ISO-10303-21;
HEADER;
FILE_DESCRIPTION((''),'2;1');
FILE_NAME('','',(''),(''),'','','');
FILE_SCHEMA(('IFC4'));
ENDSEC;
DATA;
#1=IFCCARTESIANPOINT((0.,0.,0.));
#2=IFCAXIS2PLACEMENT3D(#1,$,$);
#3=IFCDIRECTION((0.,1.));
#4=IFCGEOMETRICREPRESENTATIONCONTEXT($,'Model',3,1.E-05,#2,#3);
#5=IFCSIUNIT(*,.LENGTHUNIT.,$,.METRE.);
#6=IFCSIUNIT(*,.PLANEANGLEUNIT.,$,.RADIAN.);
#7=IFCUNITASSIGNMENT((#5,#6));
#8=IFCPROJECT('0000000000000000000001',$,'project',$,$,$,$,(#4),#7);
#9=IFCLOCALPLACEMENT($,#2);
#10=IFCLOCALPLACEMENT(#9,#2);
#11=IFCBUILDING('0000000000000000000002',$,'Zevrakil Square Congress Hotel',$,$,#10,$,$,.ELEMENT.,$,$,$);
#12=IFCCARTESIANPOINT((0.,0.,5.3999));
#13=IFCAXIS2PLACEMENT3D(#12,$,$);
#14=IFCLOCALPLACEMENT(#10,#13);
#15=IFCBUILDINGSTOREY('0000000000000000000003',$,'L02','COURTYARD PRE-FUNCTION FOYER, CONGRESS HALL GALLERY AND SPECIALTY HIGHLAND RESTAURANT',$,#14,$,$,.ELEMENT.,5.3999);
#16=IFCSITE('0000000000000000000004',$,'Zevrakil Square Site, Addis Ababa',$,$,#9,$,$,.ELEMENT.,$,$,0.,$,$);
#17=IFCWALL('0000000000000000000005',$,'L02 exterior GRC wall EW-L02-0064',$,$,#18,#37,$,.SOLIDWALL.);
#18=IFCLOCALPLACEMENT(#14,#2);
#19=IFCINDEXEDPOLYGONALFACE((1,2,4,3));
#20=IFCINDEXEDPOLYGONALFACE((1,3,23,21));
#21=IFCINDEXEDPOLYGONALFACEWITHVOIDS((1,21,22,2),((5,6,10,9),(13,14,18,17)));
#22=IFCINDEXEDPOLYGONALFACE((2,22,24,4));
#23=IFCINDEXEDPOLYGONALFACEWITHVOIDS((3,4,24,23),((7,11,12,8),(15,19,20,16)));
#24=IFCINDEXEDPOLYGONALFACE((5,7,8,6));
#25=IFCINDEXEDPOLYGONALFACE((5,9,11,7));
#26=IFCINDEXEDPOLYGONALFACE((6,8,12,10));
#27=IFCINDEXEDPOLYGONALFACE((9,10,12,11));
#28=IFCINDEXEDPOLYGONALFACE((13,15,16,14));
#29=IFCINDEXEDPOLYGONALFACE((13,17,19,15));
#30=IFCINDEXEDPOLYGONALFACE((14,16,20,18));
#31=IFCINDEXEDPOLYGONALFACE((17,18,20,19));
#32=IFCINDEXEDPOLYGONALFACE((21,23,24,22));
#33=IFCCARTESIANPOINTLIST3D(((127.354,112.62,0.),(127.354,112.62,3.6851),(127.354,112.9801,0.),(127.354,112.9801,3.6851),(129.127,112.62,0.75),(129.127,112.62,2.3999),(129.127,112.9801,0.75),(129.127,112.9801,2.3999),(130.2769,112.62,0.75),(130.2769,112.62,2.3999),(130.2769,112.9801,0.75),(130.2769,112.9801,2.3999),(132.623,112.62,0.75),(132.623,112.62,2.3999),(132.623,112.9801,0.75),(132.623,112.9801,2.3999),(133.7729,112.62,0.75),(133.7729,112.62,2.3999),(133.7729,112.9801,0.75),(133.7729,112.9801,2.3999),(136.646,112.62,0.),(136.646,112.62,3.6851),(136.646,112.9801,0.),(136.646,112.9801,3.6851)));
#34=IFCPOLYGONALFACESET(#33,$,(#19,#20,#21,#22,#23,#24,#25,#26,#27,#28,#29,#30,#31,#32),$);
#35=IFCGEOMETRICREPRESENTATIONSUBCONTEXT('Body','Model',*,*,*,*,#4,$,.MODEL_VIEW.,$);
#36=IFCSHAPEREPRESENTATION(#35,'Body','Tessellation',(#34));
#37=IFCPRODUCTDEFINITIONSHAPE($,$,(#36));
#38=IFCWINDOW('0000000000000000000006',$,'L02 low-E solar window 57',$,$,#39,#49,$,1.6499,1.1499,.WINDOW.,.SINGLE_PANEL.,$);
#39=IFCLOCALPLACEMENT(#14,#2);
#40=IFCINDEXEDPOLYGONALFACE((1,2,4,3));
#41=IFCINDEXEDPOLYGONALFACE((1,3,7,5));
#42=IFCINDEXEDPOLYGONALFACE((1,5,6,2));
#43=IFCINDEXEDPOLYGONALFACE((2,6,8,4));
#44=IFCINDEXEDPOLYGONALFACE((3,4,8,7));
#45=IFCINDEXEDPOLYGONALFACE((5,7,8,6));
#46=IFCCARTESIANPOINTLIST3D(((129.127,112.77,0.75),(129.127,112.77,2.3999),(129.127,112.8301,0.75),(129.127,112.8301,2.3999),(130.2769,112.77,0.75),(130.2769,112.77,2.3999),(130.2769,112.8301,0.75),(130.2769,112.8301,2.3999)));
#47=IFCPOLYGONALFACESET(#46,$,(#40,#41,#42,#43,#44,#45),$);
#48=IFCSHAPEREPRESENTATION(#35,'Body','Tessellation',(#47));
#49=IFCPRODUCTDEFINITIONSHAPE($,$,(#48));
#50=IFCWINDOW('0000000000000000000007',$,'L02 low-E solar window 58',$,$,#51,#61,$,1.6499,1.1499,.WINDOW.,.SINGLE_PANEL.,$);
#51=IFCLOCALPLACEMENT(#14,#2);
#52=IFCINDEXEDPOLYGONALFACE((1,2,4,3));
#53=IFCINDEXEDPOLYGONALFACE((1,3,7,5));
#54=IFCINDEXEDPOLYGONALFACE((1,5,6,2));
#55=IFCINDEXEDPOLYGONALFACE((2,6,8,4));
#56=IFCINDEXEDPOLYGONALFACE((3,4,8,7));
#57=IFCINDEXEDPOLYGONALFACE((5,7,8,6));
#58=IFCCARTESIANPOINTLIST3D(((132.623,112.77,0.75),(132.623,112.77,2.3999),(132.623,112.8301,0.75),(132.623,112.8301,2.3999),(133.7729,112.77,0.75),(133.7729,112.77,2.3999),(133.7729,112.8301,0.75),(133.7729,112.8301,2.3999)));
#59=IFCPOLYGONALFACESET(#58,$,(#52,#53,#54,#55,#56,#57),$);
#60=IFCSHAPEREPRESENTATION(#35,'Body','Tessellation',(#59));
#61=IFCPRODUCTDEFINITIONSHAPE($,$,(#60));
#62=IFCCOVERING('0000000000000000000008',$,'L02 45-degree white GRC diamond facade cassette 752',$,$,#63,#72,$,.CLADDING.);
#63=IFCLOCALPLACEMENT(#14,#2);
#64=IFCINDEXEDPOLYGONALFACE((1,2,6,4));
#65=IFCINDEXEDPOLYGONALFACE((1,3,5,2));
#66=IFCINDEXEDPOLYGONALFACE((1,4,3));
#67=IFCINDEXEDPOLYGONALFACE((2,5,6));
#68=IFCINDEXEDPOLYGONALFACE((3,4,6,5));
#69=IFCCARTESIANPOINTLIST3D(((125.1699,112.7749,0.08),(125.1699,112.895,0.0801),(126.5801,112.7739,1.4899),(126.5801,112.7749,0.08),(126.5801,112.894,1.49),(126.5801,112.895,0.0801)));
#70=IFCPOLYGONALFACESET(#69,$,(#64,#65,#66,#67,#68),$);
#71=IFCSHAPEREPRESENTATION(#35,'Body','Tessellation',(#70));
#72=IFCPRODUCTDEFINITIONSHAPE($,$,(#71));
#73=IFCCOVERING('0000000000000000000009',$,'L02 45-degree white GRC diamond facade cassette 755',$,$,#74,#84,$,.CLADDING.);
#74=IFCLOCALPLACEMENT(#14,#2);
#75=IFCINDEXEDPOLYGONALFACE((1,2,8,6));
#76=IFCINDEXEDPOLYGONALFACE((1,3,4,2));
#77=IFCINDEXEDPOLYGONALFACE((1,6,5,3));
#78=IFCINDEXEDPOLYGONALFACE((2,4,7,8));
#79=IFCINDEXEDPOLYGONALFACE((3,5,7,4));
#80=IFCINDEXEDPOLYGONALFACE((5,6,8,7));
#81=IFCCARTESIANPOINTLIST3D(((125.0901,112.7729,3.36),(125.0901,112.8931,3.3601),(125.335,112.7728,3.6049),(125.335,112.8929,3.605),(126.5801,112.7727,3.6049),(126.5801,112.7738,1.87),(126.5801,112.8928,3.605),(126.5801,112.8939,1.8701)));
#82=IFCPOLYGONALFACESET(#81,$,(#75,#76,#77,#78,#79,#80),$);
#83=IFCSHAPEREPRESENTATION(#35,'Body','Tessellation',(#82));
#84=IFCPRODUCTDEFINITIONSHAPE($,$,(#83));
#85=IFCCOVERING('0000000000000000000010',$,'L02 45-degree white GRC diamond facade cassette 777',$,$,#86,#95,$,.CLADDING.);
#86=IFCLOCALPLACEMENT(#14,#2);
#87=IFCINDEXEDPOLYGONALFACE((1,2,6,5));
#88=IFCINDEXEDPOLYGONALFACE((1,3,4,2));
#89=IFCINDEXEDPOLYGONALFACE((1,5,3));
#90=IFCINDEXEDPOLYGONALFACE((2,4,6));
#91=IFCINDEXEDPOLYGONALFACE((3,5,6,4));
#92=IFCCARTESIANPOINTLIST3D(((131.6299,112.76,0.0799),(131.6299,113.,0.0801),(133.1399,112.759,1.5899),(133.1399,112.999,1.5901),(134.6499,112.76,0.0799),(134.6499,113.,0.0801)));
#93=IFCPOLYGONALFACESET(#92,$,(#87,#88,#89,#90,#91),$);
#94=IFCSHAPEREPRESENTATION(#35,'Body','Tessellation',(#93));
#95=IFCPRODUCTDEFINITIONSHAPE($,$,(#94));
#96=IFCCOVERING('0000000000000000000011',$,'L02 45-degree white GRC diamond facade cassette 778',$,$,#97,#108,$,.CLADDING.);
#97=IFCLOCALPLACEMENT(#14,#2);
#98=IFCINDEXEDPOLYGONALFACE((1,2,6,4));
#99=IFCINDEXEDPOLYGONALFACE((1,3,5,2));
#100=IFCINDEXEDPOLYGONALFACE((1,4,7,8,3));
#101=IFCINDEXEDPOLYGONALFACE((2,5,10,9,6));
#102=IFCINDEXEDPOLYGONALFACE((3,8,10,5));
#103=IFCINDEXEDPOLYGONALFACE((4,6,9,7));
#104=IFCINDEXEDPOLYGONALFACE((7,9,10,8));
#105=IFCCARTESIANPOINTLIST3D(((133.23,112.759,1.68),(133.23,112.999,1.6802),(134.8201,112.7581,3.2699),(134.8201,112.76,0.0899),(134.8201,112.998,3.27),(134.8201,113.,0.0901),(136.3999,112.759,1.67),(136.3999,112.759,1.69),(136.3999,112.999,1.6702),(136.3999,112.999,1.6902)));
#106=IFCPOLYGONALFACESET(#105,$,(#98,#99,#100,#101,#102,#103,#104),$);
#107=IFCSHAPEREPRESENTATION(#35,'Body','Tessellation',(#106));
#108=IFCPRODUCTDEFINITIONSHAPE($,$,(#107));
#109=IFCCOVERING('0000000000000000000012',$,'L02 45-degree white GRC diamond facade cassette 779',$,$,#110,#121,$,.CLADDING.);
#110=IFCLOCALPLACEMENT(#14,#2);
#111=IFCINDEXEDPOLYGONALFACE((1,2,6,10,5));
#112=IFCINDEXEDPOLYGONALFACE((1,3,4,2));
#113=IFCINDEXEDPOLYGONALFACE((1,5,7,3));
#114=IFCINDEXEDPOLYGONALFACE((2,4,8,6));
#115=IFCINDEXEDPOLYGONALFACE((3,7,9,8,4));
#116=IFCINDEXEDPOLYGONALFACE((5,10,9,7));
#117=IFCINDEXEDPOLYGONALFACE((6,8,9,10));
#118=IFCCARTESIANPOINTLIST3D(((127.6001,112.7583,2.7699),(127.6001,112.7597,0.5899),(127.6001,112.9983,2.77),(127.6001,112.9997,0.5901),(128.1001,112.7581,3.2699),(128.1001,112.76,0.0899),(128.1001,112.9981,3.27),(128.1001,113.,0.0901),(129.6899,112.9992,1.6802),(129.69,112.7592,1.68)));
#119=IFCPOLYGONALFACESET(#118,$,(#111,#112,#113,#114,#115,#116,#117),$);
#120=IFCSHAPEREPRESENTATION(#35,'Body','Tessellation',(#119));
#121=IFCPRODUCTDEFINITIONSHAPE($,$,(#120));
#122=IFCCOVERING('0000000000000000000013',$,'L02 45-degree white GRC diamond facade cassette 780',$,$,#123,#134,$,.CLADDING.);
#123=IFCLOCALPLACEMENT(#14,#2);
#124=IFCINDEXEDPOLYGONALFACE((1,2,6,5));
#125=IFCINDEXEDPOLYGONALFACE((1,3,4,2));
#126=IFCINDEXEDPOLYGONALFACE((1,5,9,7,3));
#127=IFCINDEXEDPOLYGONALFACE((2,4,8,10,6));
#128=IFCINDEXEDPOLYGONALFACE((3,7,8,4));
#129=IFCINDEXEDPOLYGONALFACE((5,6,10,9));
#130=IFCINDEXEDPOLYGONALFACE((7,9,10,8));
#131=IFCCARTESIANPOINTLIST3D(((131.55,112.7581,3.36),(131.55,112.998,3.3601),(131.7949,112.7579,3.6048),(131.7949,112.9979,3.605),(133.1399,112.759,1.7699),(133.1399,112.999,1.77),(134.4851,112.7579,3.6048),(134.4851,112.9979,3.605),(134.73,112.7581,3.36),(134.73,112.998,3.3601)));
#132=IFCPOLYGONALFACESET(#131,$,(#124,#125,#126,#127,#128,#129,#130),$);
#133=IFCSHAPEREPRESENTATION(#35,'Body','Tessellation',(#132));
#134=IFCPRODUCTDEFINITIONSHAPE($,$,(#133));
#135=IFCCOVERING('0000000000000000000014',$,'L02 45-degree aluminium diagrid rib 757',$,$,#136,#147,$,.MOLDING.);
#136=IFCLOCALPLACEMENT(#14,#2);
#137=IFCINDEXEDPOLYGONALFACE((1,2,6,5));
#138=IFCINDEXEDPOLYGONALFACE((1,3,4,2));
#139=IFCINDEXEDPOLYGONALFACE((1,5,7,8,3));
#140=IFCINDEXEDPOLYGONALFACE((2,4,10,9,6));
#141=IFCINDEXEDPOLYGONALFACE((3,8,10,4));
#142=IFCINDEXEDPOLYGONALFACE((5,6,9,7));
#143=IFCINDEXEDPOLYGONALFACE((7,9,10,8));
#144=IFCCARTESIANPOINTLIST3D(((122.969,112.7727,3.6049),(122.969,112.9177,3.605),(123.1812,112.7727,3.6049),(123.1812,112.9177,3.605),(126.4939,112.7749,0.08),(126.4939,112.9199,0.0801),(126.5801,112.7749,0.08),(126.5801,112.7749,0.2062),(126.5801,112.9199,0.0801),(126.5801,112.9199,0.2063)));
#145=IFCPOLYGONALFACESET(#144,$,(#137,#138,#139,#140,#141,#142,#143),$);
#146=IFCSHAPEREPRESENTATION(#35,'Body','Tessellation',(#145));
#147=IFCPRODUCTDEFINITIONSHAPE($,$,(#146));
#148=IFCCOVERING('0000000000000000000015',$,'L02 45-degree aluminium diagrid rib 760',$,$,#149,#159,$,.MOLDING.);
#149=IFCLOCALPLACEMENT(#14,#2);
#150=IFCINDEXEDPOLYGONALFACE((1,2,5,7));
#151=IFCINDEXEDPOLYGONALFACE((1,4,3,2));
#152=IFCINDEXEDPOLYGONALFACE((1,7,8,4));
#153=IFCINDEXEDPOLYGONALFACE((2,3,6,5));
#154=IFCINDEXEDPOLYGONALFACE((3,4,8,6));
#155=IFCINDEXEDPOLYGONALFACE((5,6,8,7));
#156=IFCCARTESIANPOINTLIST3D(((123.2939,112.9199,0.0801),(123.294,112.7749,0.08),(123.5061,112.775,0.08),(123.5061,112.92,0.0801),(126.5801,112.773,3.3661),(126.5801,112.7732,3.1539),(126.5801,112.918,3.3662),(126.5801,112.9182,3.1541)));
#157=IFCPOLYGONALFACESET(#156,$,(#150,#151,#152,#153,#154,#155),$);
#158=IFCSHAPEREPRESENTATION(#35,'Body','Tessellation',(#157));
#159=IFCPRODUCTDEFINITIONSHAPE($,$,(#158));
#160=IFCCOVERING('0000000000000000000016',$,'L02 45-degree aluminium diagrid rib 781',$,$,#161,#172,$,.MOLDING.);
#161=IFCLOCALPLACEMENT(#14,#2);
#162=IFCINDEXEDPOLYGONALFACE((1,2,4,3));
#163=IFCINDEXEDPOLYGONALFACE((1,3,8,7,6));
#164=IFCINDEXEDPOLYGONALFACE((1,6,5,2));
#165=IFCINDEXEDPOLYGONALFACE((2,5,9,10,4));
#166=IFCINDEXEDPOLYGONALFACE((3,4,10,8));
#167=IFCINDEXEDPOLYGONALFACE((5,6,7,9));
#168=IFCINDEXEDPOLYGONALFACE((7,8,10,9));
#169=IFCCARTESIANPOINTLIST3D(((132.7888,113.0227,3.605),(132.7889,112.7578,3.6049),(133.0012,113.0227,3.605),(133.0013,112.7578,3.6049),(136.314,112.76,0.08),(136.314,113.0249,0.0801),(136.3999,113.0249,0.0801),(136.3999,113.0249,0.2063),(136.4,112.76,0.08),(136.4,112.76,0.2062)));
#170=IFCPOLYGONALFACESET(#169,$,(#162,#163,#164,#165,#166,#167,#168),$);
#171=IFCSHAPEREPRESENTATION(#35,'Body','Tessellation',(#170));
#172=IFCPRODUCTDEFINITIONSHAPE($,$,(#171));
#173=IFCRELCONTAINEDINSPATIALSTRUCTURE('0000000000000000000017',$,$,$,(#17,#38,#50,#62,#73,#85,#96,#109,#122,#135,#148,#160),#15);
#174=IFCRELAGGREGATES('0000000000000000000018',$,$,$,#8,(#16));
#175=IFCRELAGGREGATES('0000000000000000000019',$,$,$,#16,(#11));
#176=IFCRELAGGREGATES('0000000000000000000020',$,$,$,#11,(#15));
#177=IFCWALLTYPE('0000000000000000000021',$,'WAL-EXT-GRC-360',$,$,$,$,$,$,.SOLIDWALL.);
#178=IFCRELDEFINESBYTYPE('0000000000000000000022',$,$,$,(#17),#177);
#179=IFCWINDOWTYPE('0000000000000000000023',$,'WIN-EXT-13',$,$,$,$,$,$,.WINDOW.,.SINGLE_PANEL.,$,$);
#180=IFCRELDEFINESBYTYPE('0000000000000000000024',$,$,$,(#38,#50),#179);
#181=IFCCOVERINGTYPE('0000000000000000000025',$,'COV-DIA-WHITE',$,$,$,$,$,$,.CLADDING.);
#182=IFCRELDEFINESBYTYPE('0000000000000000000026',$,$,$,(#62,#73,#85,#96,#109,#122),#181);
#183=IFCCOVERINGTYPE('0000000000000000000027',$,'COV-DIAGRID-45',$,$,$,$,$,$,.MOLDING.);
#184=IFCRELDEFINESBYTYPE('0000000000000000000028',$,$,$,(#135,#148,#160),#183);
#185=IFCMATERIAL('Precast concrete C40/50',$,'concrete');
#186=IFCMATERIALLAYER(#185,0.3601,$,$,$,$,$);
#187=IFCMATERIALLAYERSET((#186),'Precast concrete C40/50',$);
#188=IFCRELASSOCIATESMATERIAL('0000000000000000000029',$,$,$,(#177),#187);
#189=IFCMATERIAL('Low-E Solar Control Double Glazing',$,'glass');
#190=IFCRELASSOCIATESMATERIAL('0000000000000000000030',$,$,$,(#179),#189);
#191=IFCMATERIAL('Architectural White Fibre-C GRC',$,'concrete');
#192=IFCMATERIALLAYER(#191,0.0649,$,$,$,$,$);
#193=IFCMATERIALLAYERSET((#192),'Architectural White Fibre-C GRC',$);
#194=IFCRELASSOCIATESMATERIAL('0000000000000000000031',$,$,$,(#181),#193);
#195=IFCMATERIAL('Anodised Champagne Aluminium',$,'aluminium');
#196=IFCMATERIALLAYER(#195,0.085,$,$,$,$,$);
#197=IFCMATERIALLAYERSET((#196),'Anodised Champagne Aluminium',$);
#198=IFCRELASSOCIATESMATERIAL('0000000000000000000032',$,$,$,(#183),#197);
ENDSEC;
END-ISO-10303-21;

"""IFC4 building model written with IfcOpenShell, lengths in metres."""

from ifc_helpers import new_model, si_unit, direction, frame, frame_2d, origin, place, context, subcontext, project, spatial, polyline, rectangle, outline, extrude, material, layer, layer_set, type_object, element, fill, save


model = new_model("IFC4")

# Units and contexts
model_context = context("Model", 3, precision=1e-05, world=origin(), true_north=direction((0.0, 1.0)))
body_context = subcontext(model_context, "Body", "Model", "MODEL_VIEW")
ifc_project = project(units=[si_unit("LENGTHUNIT", "METRE"), si_unit("PLANEANGLEUNIT", "RADIAN")], contexts=[model_context])

# Site, building, storey
site_placement = place(None, origin())
site = spatial("IfcSite", under=ifc_project, at=site_placement, Name="Zevrakil Square Site, Addis Ababa", CompositionType="ELEMENT", RefElevation=0.0)
building_placement = place(site_placement, origin())
building = spatial("IfcBuilding", under=site, at=building_placement, Name="Zevrakil Square Congress Hotel", CompositionType="ELEMENT")
storey_placement = place(building_placement, frame((0.0, 0.0, 5.3999)))
storey = spatial("IfcBuildingStorey", under=building, at=storey_placement, Name="L02", Description="COURTYARD PRE-FUNCTION FOYER, CONGRESS HALL GALLERY AND SPECIALTY HIGHLAND RESTAURANT", CompositionType="ELEMENT", Elevation=5.3999)

# Wall, openings, windows
ifc_material_1 = material(Name="Precast concrete C40/50", Category="concrete")
ifc_layer_1 = layer(ifc_material_1, 0.3601)
ifc_layer_set_1 = layer_set([ifc_layer_1], Name="Precast concrete C40/50")
wall_type = type_object("IfcWallType", Name="WAL-EXT-GRC-360", PredefinedType="SOLIDWALL", material=ifc_layer_set_1)
wall_placement = place(storey_placement, frame((127.354, 112.8, 0.0), z_axis=(0.0, 0.0, 1.0), x_axis=(1.0, 0.0, 0.0)))
wall = element("IfcWall", 1, at=wall_placement, inside=storey, type_object=wall_type, Name="L02 exterior GRC wall EW-L02-0064", PredefinedType="SOLIDWALL", context=body_context, shape_type="SweptSolid", body=[
    extrude(rectangle(XDim=9.292, YDim=0.3601, at=frame_2d((4.646, 0.0))), origin(), (0.0, 0.0, 1.0), 3.6851),
])
opening_1_placement = place(wall_placement, frame((1.7729, 0.0, 0.75)))
opening_1 = element("IfcOpeningElement", 2, at=opening_1_placement, cuts=wall, PredefinedType="OPENING", context=body_context, shape_type="SweptSolid", body=[
    extrude(rectangle(XDim=1.1499, YDim=1.6499, at=frame_2d((0.575, 0.825))), frame((0.0, 0.1899, 0.0), z_axis=(0.0, -1.0, 0.0), x_axis=(1.0, 0.0, 0.0)), (0.0, 0.0, 1.0), 0.3801),
])
opening_2_placement = place(wall_placement, frame((5.269, 0.0, 0.75)))
opening_2 = element("IfcOpeningElement", 3, at=opening_2_placement, cuts=wall, PredefinedType="OPENING", context=body_context, shape_type="SweptSolid", body=[
    extrude(rectangle(XDim=1.1499, YDim=1.6499, at=frame_2d((0.575, 0.825))), frame((0.0, 0.1899, 0.0), z_axis=(0.0, -1.0, 0.0), x_axis=(1.0, 0.0, 0.0)), (0.0, 0.0, 1.0), 0.3801),
])
ifc_material_2 = material(Name="Low-E Solar Control Double Glazing", Category="glass")
window_type = type_object("IfcWindowType", Name="WIN-EXT-13", PartitioningType="SINGLE_PANEL", PredefinedType="WINDOW", material=ifc_material_2)
window_1_placement = place(opening_1_placement, origin())
window_1 = element("IfcWindow", 4, at=window_1_placement, inside=storey, type_object=window_type, Name="L02 low-E solar window 57", OverallHeight=1.6499, OverallWidth=1.1499, PartitioningType="SINGLE_PANEL", PredefinedType="WINDOW", context=body_context, shape_type="SweptSolid", body=[
    extrude(rectangle(XDim=1.1499, YDim=1.6499, at=frame_2d((0.575, 0.825))), frame((0.0, 0.03, 0.0), z_axis=(0.0, -1.0, 0.0), x_axis=(1.0, 0.0, 0.0)), (0.0, 0.0, 1.0), 0.0601),
])
fill(opening_1, window_1)
window_2_placement = place(opening_2_placement, origin())
window_2 = element("IfcWindow", 5, at=window_2_placement, inside=storey, type_object=window_type, Name="L02 low-E solar window 58", OverallHeight=1.6499, OverallWidth=1.1499, PartitioningType="SINGLE_PANEL", PredefinedType="WINDOW", context=body_context, shape_type="SweptSolid", body=[
    extrude(rectangle(XDim=1.1499, YDim=1.6499, at=frame_2d((0.575, 0.825))), frame((0.0, 0.03, 0.0), z_axis=(0.0, -1.0, 0.0), x_axis=(1.0, 0.0, 0.0)), (0.0, 0.0, 1.0), 0.0601),
])
fill(opening_2, window_2)

# Coverings
ifc_material_3 = material(Name="Architectural White Fibre-C GRC", Category="concrete")
ifc_layer_2 = layer(ifc_material_3, 0.0649)
ifc_layer_set_2 = layer_set([ifc_layer_2], Name="Architectural White Fibre-C GRC")
covering_type_1 = type_object("IfcCoveringType", Name="COV-DIA-WHITE", PredefinedType="CLADDING", material=ifc_layer_set_2)
covering_1_placement = place(storey_placement, frame((125.1699, 112.895, 0.0801), z_axis=(0.0, 1.0, 0.000693), x_axis=(1.0, 0.0, 0.0)))
element("IfcCovering", 6, at=covering_1_placement, inside=storey, type_object=covering_type_1, Name="L02 45-degree white GRC diamond facade cassette 752", PredefinedType="CLADDING", context=body_context, shape_type="SweptSolid", body=[
    extrude(outline(polyline([(0.0, 0.0), (1.4102, 0.0), (1.4102, -1.4099), (0.0, 0.0)])), origin(), (0.0, 0.0, -1.0), 0.1201),
])
covering_2_placement = place(storey_placement, frame((125.0901, 112.8931, 3.3601), z_axis=(0.000064, 1.0, 0.000609), x_axis=(0.707107, 0.000385, -0.707107)))
element("IfcCovering", 7, at=covering_2_placement, inside=storey, type_object=covering_type_1, Name="L02 45-degree white GRC diamond facade cassette 755", PredefinedType="CLADDING", context=body_context, shape_type="SweptSolid", body=[
    extrude(outline(polyline([(0.0, 0.0), (2.1072, 0.0), (0.8804, -1.2267), (0.0, -0.3463), (0.0, 0.0)])), origin(), (0.0, 0.0, -1.0), 0.1201),
])
covering_3_placement = place(storey_placement, frame((133.1399, 112.999, 1.5901), z_axis=(0.0, 1.0, 0.000647), x_axis=(-0.707107, 0.000457, -0.707107)))
element("IfcCovering", 8, at=covering_3_placement, inside=storey, type_object=covering_type_1, Name="L02 45-degree white GRC diamond facade cassette 777", PredefinedType="CLADDING", context=body_context, shape_type="SweptSolid", body=[
    extrude(outline(polyline([(0.0, 0.0), (2.1355, 0.0), (0.0, -2.1355), (0.0, 0.0)])), origin(), (0.0, 0.0, -1.0), 0.24),
])
covering_4_placement = place(storey_placement, frame((134.8201, 112.998, 3.27), z_axis=(0.0, 1.0, 0.000612), x_axis=(-0.707161, 0.000433, -0.707052)))
element("IfcCovering", 9, at=covering_4_placement, inside=storey, type_object=covering_type_1, Name="L02 45-degree white GRC diamond facade cassette 778", PredefinedType="CLADDING", context=body_context, shape_type="SweptSolid", body=[
    extrude(outline(polyline([(0.0, 0.0), (2.2486, 0.0), (2.2484, -2.2487), (0.014, -2.2484), (-0.0002, -2.2342), (0.0, 0.0)])), origin(), (0.0, 0.0, -1.0), 0.24),
])
covering_5_placement = place(storey_placement, frame((128.1001, 113.0, 0.0901), z_axis=(-0.000085, 1.0, 0.000607), x_axis=(0.707052, -0.000369, 0.707161)))
element("IfcCovering", 10, at=covering_5_placement, inside=storey, type_object=covering_type_1, Name="L02 45-degree white GRC diamond facade cassette 779", PredefinedType="CLADDING", context=body_context, shape_type="SweptSolid", body=[
    extrude(outline(polyline([(0.0, 0.0), (2.2486, 0.0), (2.2487, -2.2484), (1.5416, -2.2484), (0.0001, -0.7071), (0.0, 0.0)])), origin(), (0.0, 0.0, -1.0), 0.24),
])
covering_6_placement = place(storey_placement, frame((131.55, 112.998, 3.3601), z_axis=(0.0, 1.0, 0.000579), x_axis=(0.707052, 0.00041, -0.707161)))
element("IfcCovering", 11, at=covering_6_placement, inside=storey, type_object=covering_type_1, Name="L02 45-degree white GRC diamond facade cassette 780", PredefinedType="CLADDING", context=body_context, shape_type="SweptSolid", body=[
    extrude(outline(polyline([(0.0, 0.0), (2.2486, 0.0), (2.2484, -2.2487), (1.9021, -2.2487), (0.0, -0.3463), (0.0, 0.0)])), origin(), (0.0, 0.0, -1.0), 0.24),
])
ifc_material_4 = material(Name="Anodised Champagne Aluminium", Category="aluminium")
ifc_layer_3 = layer(ifc_material_4, 0.085)
ifc_layer_set_3 = layer_set([ifc_layer_3], Name="Anodised Champagne Aluminium")
covering_type_2 = type_object("IfcCoveringType", Name="COV-DIAGRID-45", PredefinedType="MOLDING", material=ifc_layer_set_3)
covering_7_placement = place(storey_placement, frame((126.4939, 112.9199, 0.0801), z_axis=(-0.000187, 1.0, 0.000443), x_axis=(1.0, 0.000187, 0.0)))
element("IfcCovering", 12, at=covering_7_placement, inside=storey, type_object=covering_type_2, Name="L02 45-degree aluminium diagrid rib 757", PredefinedType="MOLDING", context=body_context, shape_type="SweptSolid", body=[
    extrude(outline(polyline([(0.0, 0.0), (0.0862, 0.0), (0.0862, -0.1262), (-3.3127, -3.5249), (-3.5249, -3.5249), (0.0, 0.0)])), origin(), (0.0, 0.0, -1.0), 0.145),
])
covering_8_placement = place(storey_placement, frame((126.5801, 112.9182, 3.1541), z_axis=(-0.000287, 1.0, 0.000863), x_axis=(0.0, -0.000863, 1.0)))
element("IfcCovering", 13, at=covering_8_placement, inside=storey, type_object=covering_type_2, Name="L02 45-degree aluminium diagrid rib 760", PredefinedType="MOLDING", context=body_context, shape_type="SweptSolid", body=[
    extrude(outline(polyline([(0.0, 0.0), (0.2122, 0.0), (-3.074, -3.2861), (-3.074, -3.074), (0.0, 0.0)])), origin(), (0.0, 0.0, -1.0), 0.145),
])
covering_9_placement = place(storey_placement, frame((136.314, 113.0249, 0.0801), z_axis=(-0.000187, 1.0, 0.000443), x_axis=(1.0, 0.000187, 0.0)))
element("IfcCovering", 14, at=covering_9_placement, inside=storey, type_object=covering_type_2, Name="L02 45-degree aluminium diagrid rib 781", PredefinedType="MOLDING", context=body_context, shape_type="SweptSolid", body=[
    extrude(outline(polyline([(0.0, 0.0), (0.0859, 0.0), (0.0859, -0.1262), (-3.3127, -3.5249), (-3.5251, -3.5249), (0.0, 0.0)])), origin(), (0.0, 0.0, -1.0), 0.2649),
])

save(model, "model.ifc")
